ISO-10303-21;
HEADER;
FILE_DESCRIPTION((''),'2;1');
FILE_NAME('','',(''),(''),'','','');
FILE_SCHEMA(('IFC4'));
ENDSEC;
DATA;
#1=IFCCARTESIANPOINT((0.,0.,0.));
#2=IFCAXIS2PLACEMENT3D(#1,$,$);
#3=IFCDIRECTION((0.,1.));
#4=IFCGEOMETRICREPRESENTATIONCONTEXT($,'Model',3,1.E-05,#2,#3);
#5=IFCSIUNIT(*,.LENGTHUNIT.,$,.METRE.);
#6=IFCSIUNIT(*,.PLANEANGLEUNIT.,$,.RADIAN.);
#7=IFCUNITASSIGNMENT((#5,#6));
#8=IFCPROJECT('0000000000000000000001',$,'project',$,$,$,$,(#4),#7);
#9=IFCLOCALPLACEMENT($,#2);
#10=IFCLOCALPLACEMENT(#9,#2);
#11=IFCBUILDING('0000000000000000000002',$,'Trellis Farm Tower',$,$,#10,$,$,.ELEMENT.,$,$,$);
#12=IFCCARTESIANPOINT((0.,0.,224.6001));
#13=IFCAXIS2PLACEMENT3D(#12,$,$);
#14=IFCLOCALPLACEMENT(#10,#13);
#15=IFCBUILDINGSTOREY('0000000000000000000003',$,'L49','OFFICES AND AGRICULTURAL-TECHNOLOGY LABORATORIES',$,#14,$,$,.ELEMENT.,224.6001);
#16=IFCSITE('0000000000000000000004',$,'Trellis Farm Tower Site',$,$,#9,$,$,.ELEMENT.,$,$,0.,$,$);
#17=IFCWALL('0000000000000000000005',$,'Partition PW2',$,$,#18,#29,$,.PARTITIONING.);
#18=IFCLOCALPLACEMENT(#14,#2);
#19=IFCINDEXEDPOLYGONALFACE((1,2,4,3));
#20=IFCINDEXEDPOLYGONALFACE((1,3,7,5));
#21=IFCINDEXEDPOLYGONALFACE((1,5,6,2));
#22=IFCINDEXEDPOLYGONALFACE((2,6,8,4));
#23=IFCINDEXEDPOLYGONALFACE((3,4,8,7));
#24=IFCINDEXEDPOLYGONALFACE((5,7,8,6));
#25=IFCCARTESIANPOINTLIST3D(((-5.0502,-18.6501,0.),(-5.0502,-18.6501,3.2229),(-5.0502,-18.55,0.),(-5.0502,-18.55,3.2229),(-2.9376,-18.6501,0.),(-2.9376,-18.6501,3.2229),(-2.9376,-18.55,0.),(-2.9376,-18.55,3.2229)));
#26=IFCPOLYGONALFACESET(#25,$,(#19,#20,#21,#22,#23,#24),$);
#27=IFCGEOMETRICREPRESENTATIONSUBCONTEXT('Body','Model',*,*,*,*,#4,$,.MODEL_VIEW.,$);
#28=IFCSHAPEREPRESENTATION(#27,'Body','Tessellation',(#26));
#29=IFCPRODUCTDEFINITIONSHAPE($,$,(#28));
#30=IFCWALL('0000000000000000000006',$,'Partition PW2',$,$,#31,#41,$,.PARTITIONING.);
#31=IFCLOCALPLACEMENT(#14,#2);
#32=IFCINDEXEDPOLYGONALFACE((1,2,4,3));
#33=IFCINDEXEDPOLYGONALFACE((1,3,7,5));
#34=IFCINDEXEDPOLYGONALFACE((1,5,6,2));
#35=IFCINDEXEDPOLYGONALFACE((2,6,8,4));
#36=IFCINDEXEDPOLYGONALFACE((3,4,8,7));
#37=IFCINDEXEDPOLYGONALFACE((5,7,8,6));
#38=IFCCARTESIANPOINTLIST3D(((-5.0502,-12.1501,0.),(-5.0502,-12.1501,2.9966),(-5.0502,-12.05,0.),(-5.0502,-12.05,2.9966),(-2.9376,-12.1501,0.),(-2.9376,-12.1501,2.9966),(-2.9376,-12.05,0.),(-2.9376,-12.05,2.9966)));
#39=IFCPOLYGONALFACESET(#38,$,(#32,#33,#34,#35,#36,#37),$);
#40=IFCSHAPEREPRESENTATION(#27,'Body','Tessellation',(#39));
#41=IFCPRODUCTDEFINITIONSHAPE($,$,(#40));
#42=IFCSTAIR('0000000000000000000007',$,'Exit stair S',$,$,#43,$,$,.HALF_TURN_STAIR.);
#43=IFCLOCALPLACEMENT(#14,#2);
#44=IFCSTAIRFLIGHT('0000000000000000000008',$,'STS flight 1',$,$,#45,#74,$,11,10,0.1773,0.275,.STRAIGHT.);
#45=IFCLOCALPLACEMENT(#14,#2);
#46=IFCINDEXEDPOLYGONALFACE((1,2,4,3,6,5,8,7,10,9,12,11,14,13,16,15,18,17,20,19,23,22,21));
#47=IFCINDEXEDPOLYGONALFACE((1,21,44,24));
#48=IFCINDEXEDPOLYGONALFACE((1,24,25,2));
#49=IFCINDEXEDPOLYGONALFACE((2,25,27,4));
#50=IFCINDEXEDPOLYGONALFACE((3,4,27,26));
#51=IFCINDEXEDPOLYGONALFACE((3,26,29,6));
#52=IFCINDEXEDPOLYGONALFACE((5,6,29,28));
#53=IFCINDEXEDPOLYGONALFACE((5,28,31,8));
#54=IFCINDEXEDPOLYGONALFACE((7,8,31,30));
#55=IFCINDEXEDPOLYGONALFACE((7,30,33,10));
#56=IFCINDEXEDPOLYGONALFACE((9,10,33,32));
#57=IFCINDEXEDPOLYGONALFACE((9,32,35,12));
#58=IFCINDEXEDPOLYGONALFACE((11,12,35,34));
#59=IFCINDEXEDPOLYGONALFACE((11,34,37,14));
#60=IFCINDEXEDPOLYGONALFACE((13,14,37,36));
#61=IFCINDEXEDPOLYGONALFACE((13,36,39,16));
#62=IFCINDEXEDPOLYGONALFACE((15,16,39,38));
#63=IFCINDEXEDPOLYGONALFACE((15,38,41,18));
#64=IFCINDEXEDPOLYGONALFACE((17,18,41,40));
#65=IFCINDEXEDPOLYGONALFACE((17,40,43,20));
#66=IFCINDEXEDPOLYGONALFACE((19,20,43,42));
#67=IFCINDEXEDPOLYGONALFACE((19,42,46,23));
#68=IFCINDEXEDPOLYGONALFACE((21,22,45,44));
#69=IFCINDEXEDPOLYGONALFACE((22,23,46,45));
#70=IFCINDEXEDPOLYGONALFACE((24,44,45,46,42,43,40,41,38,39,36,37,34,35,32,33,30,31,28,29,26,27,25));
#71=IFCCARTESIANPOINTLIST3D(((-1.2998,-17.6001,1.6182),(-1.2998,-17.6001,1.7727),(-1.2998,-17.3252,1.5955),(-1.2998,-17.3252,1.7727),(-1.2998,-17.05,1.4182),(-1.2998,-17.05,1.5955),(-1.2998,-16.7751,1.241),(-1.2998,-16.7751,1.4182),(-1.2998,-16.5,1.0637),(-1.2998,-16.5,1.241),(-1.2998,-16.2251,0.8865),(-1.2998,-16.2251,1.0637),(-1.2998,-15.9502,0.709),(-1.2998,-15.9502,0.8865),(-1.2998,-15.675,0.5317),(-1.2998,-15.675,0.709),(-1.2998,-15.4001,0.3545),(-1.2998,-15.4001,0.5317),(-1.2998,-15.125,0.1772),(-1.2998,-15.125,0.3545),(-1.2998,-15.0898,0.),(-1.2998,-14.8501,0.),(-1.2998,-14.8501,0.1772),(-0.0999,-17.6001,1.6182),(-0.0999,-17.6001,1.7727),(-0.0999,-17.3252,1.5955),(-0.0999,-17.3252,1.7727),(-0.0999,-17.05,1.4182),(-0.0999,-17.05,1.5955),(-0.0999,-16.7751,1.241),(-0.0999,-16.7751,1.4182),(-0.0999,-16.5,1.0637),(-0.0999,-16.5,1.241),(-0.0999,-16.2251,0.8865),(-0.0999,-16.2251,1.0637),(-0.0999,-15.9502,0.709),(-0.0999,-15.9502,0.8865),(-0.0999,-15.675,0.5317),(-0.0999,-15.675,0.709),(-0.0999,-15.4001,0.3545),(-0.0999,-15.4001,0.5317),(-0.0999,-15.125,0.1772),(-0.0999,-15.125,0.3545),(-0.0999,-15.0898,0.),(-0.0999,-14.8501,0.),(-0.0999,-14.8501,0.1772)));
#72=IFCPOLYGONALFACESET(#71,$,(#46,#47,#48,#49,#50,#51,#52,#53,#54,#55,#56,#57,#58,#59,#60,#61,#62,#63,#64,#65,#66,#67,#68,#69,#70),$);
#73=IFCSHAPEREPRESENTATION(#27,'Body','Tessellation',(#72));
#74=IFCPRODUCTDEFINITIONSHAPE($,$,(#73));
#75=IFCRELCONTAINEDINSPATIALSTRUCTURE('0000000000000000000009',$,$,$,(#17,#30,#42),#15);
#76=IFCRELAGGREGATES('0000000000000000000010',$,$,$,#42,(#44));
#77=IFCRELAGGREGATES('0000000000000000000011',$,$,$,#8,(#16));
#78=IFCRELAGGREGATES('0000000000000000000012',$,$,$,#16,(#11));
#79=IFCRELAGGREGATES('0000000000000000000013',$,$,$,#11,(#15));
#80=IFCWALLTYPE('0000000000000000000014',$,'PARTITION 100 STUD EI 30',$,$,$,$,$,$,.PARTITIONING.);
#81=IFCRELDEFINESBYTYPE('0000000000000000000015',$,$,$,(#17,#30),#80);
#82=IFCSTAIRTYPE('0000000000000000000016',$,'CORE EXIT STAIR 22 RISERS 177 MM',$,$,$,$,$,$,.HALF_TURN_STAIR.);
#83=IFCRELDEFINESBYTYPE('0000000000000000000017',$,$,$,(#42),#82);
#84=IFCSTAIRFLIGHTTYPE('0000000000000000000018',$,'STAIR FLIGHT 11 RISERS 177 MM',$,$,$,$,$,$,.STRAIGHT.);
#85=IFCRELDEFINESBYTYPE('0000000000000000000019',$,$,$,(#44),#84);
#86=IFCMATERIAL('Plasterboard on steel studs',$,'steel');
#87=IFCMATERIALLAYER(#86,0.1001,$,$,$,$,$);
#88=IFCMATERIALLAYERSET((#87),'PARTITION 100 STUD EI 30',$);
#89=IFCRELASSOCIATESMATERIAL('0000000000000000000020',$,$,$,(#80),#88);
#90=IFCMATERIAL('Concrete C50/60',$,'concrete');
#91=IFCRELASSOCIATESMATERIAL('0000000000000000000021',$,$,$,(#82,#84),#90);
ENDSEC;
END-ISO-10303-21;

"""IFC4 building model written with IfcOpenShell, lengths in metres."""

from ifc_helpers import new_model, si_unit, direction, frame, frame_2d, origin, place, context, subcontext, project, spatial, polyline, rectangle, outline, extrude, source, transform, mapped, material, layer, layer_set, type_object, element, aggregate, save


model = new_model("IFC4")

# Units and contexts
model_context = context("Model", 3, precision=1e-05, world=origin(), true_north=direction((0.0, 1.0)))
body_context = subcontext(model_context, "Body", "Model", "MODEL_VIEW")
ifc_project = project(units=[si_unit("LENGTHUNIT", "METRE"), si_unit("PLANEANGLEUNIT", "RADIAN")], contexts=[model_context])

# Site, building, storey
site_placement = place(None, origin())
site = spatial("IfcSite", under=ifc_project, at=site_placement, Name="Trellis Farm Tower Site", CompositionType="ELEMENT", RefElevation=0.0)
building_placement = place(site_placement, origin())
building = spatial("IfcBuilding", under=site, at=building_placement, Name="Trellis Farm Tower", CompositionType="ELEMENT")
storey_placement = place(building_placement, frame((0.0, 0.0, 224.6001)))
storey = spatial("IfcBuildingStorey", under=building, at=storey_placement, Name="L49", Description="OFFICES AND AGRICULTURAL-TECHNOLOGY LABORATORIES", CompositionType="ELEMENT", Elevation=224.6001)

# Shared definitions
placement = place(storey_placement, origin())

# Walls
ifc_material_1 = material(Name="Plasterboard on steel studs", Category="steel")
ifc_layer_1 = layer(ifc_material_1, 0.1001)
ifc_layer_set_1 = layer_set([ifc_layer_1], Name="PARTITION 100 STUD EI 30")
wall_type_1 = type_object("IfcWallType", Name="PARTITION 100 STUD EI 30", PredefinedType="PARTITIONING", material=ifc_layer_set_1)
shared_shape_1 = source(origin(), body_context, "Body", "SweptSolid", [
    extrude(rectangle(XDim=2.1125, YDim=0.1001, at=frame_2d((1.0562, 0.0))), origin(), (0.0, 0.0, 1.0), 3.2229),
])
wall_1_placement = place(storey_placement, frame((-5.05, -18.6001, 0.0), z_axis=(0.0, 0.0, 1.0), x_axis=(1.0, 0.0, 0.0)))
element("IfcWall", 1, at=wall_1_placement, inside=storey, type_object=wall_type_1, Name="Partition PW2", PredefinedType="PARTITIONING", context=body_context, shape_type="MappedRepresentation", body=[
    mapped(shared_shape_1, transform((0.0, 0.0, 0.0))),
])
shared_shape_2 = source(origin(), body_context, "Body", "SweptSolid", [
    extrude(rectangle(XDim=2.1125, YDim=0.1001, at=frame_2d((1.0562, 0.0))), origin(), (0.0, 0.0, 1.0), 2.9966),
])
wall_2_placement = place(storey_placement, frame((-5.05, -12.1001, 0.0), z_axis=(0.0, 0.0, 1.0), x_axis=(1.0, 0.0, 0.0)))
element("IfcWall", 2, at=wall_2_placement, inside=storey, type_object=wall_type_1, Name="Partition PW2", PredefinedType="PARTITIONING", context=body_context, shape_type="MappedRepresentation", body=[
    mapped(shared_shape_2, transform((0.0, 0.0, 0.0))),
])

# Stair, stair flight
ifc_material_2 = material(Name="Concrete C50/60", Category="concrete")
stair_type = type_object("IfcStairType", Name="CORE EXIT STAIR 22 RISERS 177 MM", PredefinedType="HALF_TURN_STAIR", material=ifc_material_2)
stair = element("IfcStair", 3, at=placement, inside=storey, type_object=stair_type, Name="Exit stair S", PredefinedType="HALF_TURN_STAIR")
stair_flight_type = type_object("IfcStairFlightType", Name="STAIR FLIGHT 11 RISERS 177 MM", PredefinedType="STRAIGHT", material=ifc_material_2)
shared_shape_3 = source(origin(), body_context, "Body", "SweptSolid", [
    extrude(outline(polyline([(0.0, 0.0), (0.0, 0.1772), (0.2749, 0.1772), (0.2749, 0.3545), (0.55, 0.3545), (0.55, 0.5317), (0.825, 0.5317), (0.825, 0.709), (1.1001, 0.709), (1.1001, 0.8865), (1.375, 0.8865), (1.375, 1.0637), (1.6499, 1.0637), (1.6499, 1.241), (1.925, 1.241), (1.925, 1.4182), (2.2, 1.4182), (2.2, 1.5955), (2.4751, 1.5955), (2.4751, 1.7727), (2.75, 1.7727), (2.75, 1.95), (2.75, 1.6182), (0.2397, 0.0), (0.0, 0.0)])), frame((0.0, 0.6001, 0.0), z_axis=(0.0, -1.0, 0.0), x_axis=(1.0, 0.0, 0.0)), (0.0, 0.0, 1.0), 1.2),
])
stair_flight_placement = place(storey_placement, frame((-0.7, -14.8501, 0.0), z_axis=(0.0, 0.0, 1.0), x_axis=(0.0, -1.0, 0.0)))
stair_flight = element("IfcStairFlight", 4, at=stair_flight_placement, type_object=stair_flight_type, Name="STS flight 1", NumberOfRisers=11, NumberOfTreads=10, PredefinedType="STRAIGHT", RiserHeight=0.1773, TreadLength=0.275, context=body_context, shape_type="MappedRepresentation", body=[
    mapped(shared_shape_3, transform((0.0, 0.0, 0.0))),
])
aggregate(stair, [stair_flight])

save(model, "model.ifc")
